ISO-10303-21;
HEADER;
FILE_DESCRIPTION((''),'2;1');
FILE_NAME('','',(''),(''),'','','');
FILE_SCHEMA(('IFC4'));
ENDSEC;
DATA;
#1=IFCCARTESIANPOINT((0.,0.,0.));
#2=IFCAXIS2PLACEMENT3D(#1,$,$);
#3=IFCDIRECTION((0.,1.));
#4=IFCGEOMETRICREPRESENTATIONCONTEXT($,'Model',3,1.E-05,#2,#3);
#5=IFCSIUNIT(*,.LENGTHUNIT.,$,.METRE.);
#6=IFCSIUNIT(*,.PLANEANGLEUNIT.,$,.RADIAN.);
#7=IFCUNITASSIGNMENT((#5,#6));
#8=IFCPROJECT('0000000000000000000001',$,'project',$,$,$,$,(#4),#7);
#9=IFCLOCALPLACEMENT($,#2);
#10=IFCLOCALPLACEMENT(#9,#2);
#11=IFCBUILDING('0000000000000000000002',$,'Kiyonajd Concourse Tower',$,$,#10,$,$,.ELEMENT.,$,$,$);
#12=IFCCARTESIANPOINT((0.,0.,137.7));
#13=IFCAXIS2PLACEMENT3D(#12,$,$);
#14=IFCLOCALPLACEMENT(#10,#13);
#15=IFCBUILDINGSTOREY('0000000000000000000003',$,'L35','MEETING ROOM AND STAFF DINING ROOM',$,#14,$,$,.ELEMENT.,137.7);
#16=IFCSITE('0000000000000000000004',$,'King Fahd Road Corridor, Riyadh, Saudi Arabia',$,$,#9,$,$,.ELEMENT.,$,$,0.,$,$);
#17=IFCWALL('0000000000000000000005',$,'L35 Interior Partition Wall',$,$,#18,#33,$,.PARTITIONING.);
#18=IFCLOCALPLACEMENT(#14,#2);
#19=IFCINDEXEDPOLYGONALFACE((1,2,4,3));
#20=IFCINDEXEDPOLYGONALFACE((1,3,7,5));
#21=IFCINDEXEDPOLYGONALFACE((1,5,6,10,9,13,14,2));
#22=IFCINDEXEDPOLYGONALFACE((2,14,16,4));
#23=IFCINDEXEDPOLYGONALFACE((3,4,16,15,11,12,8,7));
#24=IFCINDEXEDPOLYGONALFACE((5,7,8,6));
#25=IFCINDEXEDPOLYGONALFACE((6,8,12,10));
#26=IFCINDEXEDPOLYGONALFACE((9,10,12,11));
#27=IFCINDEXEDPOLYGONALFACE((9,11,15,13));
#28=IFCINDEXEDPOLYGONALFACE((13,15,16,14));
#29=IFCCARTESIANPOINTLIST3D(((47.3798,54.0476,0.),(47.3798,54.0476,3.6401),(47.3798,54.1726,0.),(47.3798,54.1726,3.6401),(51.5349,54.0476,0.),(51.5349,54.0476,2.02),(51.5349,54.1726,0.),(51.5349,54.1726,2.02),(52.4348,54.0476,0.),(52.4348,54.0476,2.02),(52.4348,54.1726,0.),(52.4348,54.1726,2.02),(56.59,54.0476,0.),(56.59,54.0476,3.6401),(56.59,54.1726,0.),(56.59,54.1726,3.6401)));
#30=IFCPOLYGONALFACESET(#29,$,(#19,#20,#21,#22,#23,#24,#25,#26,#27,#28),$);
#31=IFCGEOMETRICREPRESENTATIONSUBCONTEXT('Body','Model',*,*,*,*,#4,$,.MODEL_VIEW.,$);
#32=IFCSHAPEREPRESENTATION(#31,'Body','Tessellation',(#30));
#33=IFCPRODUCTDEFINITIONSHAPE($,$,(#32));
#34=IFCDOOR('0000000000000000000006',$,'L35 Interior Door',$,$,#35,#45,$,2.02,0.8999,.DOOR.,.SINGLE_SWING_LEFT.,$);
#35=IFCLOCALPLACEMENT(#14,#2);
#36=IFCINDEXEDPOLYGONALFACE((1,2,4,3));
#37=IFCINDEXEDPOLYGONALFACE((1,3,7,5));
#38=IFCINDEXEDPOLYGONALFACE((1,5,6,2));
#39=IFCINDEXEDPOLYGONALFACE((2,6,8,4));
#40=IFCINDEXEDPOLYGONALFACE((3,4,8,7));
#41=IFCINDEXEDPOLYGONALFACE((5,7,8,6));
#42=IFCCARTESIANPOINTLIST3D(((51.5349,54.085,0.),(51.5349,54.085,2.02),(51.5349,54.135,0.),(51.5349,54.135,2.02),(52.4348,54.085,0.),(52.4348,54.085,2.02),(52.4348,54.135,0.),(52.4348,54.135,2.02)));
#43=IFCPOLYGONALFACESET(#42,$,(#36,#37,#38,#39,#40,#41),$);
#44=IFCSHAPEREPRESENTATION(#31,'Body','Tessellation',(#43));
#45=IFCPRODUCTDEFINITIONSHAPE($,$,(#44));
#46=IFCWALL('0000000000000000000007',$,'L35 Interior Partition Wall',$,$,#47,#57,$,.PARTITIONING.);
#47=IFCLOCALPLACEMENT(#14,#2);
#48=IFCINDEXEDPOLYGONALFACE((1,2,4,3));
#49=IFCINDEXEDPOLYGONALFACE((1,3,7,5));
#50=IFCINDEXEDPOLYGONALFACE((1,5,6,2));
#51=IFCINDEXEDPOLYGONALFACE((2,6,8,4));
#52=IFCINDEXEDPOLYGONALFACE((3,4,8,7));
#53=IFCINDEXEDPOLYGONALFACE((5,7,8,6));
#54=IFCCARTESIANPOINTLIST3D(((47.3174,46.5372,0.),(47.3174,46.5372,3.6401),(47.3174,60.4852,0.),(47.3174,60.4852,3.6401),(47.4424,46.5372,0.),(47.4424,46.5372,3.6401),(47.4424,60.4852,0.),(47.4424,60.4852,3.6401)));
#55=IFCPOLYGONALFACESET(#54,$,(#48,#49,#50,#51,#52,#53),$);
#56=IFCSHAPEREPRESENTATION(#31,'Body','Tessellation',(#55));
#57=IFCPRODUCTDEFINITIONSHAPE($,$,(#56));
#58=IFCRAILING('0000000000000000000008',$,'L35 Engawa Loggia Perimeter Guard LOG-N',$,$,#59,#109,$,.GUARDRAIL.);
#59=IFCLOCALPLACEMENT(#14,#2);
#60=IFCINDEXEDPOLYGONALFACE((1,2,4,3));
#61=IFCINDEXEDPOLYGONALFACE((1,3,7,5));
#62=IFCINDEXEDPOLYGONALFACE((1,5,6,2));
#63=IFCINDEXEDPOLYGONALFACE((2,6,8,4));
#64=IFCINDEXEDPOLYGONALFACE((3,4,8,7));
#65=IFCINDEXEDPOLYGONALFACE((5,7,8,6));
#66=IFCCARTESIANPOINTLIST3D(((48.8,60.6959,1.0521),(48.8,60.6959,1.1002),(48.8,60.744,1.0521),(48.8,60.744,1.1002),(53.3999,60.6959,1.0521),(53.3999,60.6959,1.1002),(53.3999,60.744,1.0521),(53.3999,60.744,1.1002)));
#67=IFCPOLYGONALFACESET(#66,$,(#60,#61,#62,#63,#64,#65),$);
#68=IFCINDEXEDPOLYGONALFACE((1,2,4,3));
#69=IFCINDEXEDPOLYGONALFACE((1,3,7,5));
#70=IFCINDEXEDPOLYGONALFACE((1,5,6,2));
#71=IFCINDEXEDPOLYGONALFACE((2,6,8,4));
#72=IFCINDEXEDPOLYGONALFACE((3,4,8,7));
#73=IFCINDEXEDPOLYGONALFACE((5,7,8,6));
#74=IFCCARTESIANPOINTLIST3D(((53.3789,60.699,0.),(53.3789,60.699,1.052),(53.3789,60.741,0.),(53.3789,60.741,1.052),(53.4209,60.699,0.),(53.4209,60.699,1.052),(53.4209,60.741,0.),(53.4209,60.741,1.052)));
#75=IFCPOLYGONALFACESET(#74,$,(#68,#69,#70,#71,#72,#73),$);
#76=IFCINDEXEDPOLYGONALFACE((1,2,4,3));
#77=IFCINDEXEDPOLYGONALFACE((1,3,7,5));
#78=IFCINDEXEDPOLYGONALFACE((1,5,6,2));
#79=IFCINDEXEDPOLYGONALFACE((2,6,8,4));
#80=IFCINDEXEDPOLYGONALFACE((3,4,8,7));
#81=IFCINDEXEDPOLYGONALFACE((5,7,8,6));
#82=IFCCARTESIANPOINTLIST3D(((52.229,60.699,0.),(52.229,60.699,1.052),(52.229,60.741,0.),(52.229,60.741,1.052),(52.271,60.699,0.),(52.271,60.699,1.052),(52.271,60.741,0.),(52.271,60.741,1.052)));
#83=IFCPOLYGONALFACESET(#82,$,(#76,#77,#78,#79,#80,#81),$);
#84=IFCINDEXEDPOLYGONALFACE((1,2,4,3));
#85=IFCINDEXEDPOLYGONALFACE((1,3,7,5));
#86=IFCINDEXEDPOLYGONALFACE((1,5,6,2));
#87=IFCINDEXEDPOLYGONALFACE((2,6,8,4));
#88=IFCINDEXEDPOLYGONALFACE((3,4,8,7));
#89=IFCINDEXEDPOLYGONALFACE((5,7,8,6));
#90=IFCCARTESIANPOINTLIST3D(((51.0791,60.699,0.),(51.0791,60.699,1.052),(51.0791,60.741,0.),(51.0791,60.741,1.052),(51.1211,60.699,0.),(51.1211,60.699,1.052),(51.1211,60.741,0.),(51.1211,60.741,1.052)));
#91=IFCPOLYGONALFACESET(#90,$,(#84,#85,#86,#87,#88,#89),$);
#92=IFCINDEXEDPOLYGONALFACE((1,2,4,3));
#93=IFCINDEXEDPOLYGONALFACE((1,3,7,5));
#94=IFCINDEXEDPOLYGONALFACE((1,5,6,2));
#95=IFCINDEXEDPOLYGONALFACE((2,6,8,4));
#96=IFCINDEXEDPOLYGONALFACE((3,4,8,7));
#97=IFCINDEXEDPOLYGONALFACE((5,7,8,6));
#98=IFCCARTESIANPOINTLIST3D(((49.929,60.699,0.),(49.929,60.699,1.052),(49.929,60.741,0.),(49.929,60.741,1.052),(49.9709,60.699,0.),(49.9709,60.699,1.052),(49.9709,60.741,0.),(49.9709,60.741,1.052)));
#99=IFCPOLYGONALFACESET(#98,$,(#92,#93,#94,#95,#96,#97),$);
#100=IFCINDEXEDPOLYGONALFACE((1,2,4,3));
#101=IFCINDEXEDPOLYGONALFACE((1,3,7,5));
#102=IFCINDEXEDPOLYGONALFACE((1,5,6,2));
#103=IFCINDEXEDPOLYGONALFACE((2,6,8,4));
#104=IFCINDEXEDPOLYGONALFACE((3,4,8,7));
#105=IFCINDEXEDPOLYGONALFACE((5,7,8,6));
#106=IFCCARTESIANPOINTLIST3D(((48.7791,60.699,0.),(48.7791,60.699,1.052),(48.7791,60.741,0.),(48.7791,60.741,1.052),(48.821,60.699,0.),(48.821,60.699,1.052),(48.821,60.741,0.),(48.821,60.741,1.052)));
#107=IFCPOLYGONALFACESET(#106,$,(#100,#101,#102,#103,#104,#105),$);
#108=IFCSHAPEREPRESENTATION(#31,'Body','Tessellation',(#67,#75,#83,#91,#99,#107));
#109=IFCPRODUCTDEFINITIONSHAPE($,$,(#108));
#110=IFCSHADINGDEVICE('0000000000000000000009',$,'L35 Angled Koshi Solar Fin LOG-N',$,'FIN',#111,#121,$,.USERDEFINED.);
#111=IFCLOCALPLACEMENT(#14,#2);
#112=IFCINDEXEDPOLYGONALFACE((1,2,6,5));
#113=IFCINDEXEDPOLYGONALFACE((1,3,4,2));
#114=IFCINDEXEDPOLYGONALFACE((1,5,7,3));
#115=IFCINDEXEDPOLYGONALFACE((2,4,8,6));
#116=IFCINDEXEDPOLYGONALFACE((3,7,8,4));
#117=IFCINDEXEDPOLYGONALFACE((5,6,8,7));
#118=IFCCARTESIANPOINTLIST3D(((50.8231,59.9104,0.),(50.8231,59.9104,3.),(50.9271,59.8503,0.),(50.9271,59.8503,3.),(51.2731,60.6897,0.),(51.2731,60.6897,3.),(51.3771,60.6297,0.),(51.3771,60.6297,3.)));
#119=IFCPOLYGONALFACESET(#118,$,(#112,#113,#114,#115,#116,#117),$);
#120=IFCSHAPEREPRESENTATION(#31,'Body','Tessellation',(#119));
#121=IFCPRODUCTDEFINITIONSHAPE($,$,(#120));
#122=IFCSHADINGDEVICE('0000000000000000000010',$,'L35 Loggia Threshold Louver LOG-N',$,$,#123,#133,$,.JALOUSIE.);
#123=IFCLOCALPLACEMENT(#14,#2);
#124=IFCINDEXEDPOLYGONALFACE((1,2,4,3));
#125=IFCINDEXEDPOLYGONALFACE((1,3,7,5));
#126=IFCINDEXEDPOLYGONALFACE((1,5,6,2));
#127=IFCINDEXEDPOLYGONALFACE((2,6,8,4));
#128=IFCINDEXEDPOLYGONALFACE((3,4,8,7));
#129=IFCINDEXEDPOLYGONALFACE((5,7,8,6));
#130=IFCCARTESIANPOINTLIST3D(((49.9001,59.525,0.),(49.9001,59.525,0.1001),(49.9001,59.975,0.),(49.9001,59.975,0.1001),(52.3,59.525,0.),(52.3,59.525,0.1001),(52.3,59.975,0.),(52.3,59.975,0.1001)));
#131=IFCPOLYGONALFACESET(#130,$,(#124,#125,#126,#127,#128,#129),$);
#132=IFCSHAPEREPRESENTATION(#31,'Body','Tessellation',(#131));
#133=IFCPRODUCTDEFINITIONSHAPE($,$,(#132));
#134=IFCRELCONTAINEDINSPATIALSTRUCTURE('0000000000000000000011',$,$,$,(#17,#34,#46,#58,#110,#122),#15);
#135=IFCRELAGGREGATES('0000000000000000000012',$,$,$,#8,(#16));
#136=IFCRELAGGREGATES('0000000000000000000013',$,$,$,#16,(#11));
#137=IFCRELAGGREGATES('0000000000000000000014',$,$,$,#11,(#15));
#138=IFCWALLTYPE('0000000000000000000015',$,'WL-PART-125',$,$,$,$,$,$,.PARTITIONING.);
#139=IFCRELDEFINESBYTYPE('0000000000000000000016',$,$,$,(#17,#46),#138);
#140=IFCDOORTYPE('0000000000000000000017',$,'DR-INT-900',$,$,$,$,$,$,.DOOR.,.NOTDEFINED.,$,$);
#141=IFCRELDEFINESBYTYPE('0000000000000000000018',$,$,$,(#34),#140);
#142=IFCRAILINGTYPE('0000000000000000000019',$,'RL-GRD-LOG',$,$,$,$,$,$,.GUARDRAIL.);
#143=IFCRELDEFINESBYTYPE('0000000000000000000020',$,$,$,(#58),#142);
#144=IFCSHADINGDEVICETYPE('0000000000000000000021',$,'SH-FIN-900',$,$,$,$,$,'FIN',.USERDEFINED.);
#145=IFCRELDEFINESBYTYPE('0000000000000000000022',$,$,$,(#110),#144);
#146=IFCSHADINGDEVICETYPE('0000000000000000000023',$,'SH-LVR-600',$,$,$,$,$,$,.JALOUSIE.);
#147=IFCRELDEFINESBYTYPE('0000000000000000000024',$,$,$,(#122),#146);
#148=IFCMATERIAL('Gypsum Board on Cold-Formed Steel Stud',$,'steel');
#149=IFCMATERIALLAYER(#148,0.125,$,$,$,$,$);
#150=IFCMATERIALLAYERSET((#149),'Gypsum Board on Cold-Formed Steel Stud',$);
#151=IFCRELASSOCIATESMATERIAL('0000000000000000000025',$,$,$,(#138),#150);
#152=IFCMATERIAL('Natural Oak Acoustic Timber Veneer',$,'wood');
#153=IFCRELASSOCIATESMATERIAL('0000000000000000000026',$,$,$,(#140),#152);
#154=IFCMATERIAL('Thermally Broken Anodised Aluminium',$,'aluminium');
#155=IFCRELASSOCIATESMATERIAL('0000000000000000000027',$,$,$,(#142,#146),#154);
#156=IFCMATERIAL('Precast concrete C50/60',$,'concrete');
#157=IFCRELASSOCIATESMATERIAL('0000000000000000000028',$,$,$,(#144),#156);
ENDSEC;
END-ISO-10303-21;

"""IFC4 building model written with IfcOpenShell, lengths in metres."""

from ifc_helpers import new_model, si_unit, direction, frame, frame_2d, origin, origin_2d, place, context, subcontext, project, spatial, rectangle, extrude, material, layer, layer_set, type_object, element, fill, save


model = new_model("IFC4")

# Units and contexts
model_context = context("Model", 3, precision=1e-05, world=origin(), true_north=direction((0.0, 1.0)))
body_context = subcontext(model_context, "Body", "Model", "MODEL_VIEW")
ifc_project = project(units=[si_unit("LENGTHUNIT", "METRE"), si_unit("PLANEANGLEUNIT", "RADIAN")], contexts=[model_context])

# Site, building, storey
site_placement = place(None, origin())
site = spatial("IfcSite", under=ifc_project, at=site_placement, Name="King Fahd Road Corridor, Riyadh, Saudi Arabia", CompositionType="ELEMENT", RefElevation=0.0)
building_placement = place(site_placement, origin())
building = spatial("IfcBuilding", under=site, at=building_placement, Name="Kiyonajd Concourse Tower", CompositionType="ELEMENT")
storey_placement = place(building_placement, frame((0.0, 0.0, 137.7)))
storey = spatial("IfcBuildingStorey", under=building, at=storey_placement, Name="L35", Description="MEETING ROOM AND STAFF DINING ROOM", CompositionType="ELEMENT", Elevation=137.7)

# Shared definitions
ifc_material_1 = material(Name="Precast concrete C50/60", Category="concrete")

# Shared definitions
ifc_material_2 = material(Name="Thermally Broken Anodised Aluminium", Category="aluminium")

# Shared definitions
ifc_material_3 = material(Name="Gypsum Board on Cold-Formed Steel Stud", Category="steel")
ifc_layer_1 = layer(ifc_material_3, 0.125)
ifc_layer_set_1 = layer_set([ifc_layer_1], Name="Gypsum Board on Cold-Formed Steel Stud")
wall_type_1 = type_object("IfcWallType", Name="WL-PART-125", PredefinedType="PARTITIONING", material=ifc_layer_set_1)

# Wall, opening, door
wall_1_placement = place(storey_placement, frame((47.3799, 54.1101, 0.0), z_axis=(0.0, 0.0, 1.0), x_axis=(1.0, 0.0, 0.0)))
wall_1 = element("IfcWall", 1, at=wall_1_placement, inside=storey, type_object=wall_type_1, Name="L35 Interior Partition Wall", PredefinedType="PARTITIONING", context=body_context, shape_type="SweptSolid", body=[
    extrude(rectangle(XDim=9.2102, YDim=0.125, at=frame_2d((4.605, 0.0))), origin(), (0.0, 0.0, 1.0), 3.6401),
])
opening_1_placement = place(wall_1_placement, frame((4.155, 0.0, 0.0)))
opening_1 = element("IfcOpeningElement", 2, at=opening_1_placement, cuts=wall_1, PredefinedType="OPENING", context=body_context, shape_type="SweptSolid", body=[
    extrude(rectangle(XDim=0.8999, YDim=2.02, at=frame_2d((0.45, 1.01))), frame((0.0, 0.0725, 0.0), z_axis=(0.0, -1.0, 0.0), x_axis=(1.0, 0.0, 0.0)), (0.0, 0.0, 1.0), 0.145),
])
ifc_material_4 = material(Name="Natural Oak Acoustic Timber Veneer", Category="wood")
door_type_1 = type_object("IfcDoorType", Name="DR-INT-900", OperationType="NOTDEFINED", PredefinedType="DOOR", material=ifc_material_4)
door_1_placement = place(opening_1_placement, origin())
door_1 = element("IfcDoor", 3, at=door_1_placement, inside=storey, type_object=door_type_1, Name="L35 Interior Door", OperationType="SINGLE_SWING_LEFT", OverallHeight=2.02, OverallWidth=0.8999, PredefinedType="DOOR", context=body_context, shape_type="SweptSolid", body=[
    extrude(rectangle(XDim=0.8999, YDim=2.02, at=frame_2d((0.45, 1.01))), frame((0.0, 0.0249, 0.0), z_axis=(0.0, -1.0, 0.0), x_axis=(1.0, 0.0, 0.0)), (0.0, 0.0, 1.0), 0.05),
])
fill(opening_1, door_1)

# Wall
wall_2_placement = place(storey_placement, frame((47.3799, 46.5371, 0.0), z_axis=(0.0, 0.0, 1.0), x_axis=(0.0, 1.0, 0.0)))
element("IfcWall", 4, at=wall_2_placement, inside=storey, type_object=wall_type_1, Name="L35 Interior Partition Wall", PredefinedType="PARTITIONING", context=body_context, shape_type="SweptSolid", body=[
    extrude(rectangle(XDim=13.948, YDim=0.125, at=frame_2d((6.9741, 0.0))), origin(), (0.0, 0.0, 1.0), 3.6401),
])

# Railing
railing_type = type_object("IfcRailingType", Name="RL-GRD-LOG", PredefinedType="GUARDRAIL", material=ifc_material_2)
railing_placement = place(storey_placement, frame((53.3999, 60.72, 0.0)))
element("IfcRailing", 5, at=railing_placement, inside=storey, type_object=railing_type, Name="L35 Engawa Loggia Perimeter Guard LOG-N", PredefinedType="GUARDRAIL", context=body_context, shape_type="SweptSolid", body=[
    extrude(rectangle(XDim=0.0481, YDim=0.0481, at=origin_2d()), frame((0.0, 0.0, 1.0762), z_axis=(-1.0, 0.0, 0.0), x_axis=(0.0, -1.0, 0.0)), (0.0, 0.0, 1.0), 4.5999),
    extrude(rectangle(XDim=0.042, YDim=0.042, at=origin_2d()), origin(), (0.0, 0.0, 1.0), 1.052),
    extrude(rectangle(XDim=0.042, YDim=0.042, at=origin_2d()), frame((-1.1499, 0.0, 0.0)), (0.0, 0.0, 1.0), 1.052),
    extrude(rectangle(XDim=0.042, YDim=0.042, at=origin_2d()), frame((-2.2998, 0.0, 0.0)), (0.0, 0.0, 1.0), 1.052),
    extrude(rectangle(XDim=0.042, YDim=0.042, at=origin_2d()), frame((-3.45, 0.0, 0.0)), (0.0, 0.0, 1.0), 1.052),
    extrude(rectangle(XDim=0.042, YDim=0.042, at=origin_2d()), frame((-4.5999, 0.0, 0.0)), (0.0, 0.0, 1.0), 1.052),
])

# Shading devices
shading_device_type_1 = type_object("IfcShadingDeviceType", Name="SH-FIN-900", ElementType="FIN", PredefinedType="USERDEFINED", material=ifc_material_1)
shading_device_1_placement = place(storey_placement, frame((51.1001, 60.27, 0.0), z_axis=(0.0, 0.0, 1.0), x_axis=(0.5, 0.866025, 0.0)))
element("IfcShadingDevice", 6, at=shading_device_1_placement, inside=storey, type_object=shading_device_type_1, Name="L35 Angled Koshi Solar Fin LOG-N", ObjectType="FIN", PredefinedType="USERDEFINED", context=body_context, shape_type="SweptSolid", body=[
    extrude(rectangle(XDim=0.8999, YDim=0.1201, at=origin_2d()), origin(), (0.0, 0.0, 1.0), 3.0),
])
shading_device_type_2 = type_object("IfcShadingDeviceType", Name="SH-LVR-600", PredefinedType="JALOUSIE", material=ifc_material_2)
shading_device_2_placement = place(storey_placement, frame((51.1001, 59.75, 0.0), z_axis=(0.0, 0.0, 1.0), x_axis=(1.0, 0.0, 0.0)))
element("IfcShadingDevice", 7, at=shading_device_2_placement, inside=storey, type_object=shading_device_type_2, Name="L35 Loggia Threshold Louver LOG-N", PredefinedType="JALOUSIE", context=body_context, shape_type="SweptSolid", body=[
    extrude(rectangle(XDim=2.3999, YDim=0.45, at=origin_2d()), origin(), (0.0, 0.0, 1.0), 0.1001),
])

save(model, "model.ifc")
